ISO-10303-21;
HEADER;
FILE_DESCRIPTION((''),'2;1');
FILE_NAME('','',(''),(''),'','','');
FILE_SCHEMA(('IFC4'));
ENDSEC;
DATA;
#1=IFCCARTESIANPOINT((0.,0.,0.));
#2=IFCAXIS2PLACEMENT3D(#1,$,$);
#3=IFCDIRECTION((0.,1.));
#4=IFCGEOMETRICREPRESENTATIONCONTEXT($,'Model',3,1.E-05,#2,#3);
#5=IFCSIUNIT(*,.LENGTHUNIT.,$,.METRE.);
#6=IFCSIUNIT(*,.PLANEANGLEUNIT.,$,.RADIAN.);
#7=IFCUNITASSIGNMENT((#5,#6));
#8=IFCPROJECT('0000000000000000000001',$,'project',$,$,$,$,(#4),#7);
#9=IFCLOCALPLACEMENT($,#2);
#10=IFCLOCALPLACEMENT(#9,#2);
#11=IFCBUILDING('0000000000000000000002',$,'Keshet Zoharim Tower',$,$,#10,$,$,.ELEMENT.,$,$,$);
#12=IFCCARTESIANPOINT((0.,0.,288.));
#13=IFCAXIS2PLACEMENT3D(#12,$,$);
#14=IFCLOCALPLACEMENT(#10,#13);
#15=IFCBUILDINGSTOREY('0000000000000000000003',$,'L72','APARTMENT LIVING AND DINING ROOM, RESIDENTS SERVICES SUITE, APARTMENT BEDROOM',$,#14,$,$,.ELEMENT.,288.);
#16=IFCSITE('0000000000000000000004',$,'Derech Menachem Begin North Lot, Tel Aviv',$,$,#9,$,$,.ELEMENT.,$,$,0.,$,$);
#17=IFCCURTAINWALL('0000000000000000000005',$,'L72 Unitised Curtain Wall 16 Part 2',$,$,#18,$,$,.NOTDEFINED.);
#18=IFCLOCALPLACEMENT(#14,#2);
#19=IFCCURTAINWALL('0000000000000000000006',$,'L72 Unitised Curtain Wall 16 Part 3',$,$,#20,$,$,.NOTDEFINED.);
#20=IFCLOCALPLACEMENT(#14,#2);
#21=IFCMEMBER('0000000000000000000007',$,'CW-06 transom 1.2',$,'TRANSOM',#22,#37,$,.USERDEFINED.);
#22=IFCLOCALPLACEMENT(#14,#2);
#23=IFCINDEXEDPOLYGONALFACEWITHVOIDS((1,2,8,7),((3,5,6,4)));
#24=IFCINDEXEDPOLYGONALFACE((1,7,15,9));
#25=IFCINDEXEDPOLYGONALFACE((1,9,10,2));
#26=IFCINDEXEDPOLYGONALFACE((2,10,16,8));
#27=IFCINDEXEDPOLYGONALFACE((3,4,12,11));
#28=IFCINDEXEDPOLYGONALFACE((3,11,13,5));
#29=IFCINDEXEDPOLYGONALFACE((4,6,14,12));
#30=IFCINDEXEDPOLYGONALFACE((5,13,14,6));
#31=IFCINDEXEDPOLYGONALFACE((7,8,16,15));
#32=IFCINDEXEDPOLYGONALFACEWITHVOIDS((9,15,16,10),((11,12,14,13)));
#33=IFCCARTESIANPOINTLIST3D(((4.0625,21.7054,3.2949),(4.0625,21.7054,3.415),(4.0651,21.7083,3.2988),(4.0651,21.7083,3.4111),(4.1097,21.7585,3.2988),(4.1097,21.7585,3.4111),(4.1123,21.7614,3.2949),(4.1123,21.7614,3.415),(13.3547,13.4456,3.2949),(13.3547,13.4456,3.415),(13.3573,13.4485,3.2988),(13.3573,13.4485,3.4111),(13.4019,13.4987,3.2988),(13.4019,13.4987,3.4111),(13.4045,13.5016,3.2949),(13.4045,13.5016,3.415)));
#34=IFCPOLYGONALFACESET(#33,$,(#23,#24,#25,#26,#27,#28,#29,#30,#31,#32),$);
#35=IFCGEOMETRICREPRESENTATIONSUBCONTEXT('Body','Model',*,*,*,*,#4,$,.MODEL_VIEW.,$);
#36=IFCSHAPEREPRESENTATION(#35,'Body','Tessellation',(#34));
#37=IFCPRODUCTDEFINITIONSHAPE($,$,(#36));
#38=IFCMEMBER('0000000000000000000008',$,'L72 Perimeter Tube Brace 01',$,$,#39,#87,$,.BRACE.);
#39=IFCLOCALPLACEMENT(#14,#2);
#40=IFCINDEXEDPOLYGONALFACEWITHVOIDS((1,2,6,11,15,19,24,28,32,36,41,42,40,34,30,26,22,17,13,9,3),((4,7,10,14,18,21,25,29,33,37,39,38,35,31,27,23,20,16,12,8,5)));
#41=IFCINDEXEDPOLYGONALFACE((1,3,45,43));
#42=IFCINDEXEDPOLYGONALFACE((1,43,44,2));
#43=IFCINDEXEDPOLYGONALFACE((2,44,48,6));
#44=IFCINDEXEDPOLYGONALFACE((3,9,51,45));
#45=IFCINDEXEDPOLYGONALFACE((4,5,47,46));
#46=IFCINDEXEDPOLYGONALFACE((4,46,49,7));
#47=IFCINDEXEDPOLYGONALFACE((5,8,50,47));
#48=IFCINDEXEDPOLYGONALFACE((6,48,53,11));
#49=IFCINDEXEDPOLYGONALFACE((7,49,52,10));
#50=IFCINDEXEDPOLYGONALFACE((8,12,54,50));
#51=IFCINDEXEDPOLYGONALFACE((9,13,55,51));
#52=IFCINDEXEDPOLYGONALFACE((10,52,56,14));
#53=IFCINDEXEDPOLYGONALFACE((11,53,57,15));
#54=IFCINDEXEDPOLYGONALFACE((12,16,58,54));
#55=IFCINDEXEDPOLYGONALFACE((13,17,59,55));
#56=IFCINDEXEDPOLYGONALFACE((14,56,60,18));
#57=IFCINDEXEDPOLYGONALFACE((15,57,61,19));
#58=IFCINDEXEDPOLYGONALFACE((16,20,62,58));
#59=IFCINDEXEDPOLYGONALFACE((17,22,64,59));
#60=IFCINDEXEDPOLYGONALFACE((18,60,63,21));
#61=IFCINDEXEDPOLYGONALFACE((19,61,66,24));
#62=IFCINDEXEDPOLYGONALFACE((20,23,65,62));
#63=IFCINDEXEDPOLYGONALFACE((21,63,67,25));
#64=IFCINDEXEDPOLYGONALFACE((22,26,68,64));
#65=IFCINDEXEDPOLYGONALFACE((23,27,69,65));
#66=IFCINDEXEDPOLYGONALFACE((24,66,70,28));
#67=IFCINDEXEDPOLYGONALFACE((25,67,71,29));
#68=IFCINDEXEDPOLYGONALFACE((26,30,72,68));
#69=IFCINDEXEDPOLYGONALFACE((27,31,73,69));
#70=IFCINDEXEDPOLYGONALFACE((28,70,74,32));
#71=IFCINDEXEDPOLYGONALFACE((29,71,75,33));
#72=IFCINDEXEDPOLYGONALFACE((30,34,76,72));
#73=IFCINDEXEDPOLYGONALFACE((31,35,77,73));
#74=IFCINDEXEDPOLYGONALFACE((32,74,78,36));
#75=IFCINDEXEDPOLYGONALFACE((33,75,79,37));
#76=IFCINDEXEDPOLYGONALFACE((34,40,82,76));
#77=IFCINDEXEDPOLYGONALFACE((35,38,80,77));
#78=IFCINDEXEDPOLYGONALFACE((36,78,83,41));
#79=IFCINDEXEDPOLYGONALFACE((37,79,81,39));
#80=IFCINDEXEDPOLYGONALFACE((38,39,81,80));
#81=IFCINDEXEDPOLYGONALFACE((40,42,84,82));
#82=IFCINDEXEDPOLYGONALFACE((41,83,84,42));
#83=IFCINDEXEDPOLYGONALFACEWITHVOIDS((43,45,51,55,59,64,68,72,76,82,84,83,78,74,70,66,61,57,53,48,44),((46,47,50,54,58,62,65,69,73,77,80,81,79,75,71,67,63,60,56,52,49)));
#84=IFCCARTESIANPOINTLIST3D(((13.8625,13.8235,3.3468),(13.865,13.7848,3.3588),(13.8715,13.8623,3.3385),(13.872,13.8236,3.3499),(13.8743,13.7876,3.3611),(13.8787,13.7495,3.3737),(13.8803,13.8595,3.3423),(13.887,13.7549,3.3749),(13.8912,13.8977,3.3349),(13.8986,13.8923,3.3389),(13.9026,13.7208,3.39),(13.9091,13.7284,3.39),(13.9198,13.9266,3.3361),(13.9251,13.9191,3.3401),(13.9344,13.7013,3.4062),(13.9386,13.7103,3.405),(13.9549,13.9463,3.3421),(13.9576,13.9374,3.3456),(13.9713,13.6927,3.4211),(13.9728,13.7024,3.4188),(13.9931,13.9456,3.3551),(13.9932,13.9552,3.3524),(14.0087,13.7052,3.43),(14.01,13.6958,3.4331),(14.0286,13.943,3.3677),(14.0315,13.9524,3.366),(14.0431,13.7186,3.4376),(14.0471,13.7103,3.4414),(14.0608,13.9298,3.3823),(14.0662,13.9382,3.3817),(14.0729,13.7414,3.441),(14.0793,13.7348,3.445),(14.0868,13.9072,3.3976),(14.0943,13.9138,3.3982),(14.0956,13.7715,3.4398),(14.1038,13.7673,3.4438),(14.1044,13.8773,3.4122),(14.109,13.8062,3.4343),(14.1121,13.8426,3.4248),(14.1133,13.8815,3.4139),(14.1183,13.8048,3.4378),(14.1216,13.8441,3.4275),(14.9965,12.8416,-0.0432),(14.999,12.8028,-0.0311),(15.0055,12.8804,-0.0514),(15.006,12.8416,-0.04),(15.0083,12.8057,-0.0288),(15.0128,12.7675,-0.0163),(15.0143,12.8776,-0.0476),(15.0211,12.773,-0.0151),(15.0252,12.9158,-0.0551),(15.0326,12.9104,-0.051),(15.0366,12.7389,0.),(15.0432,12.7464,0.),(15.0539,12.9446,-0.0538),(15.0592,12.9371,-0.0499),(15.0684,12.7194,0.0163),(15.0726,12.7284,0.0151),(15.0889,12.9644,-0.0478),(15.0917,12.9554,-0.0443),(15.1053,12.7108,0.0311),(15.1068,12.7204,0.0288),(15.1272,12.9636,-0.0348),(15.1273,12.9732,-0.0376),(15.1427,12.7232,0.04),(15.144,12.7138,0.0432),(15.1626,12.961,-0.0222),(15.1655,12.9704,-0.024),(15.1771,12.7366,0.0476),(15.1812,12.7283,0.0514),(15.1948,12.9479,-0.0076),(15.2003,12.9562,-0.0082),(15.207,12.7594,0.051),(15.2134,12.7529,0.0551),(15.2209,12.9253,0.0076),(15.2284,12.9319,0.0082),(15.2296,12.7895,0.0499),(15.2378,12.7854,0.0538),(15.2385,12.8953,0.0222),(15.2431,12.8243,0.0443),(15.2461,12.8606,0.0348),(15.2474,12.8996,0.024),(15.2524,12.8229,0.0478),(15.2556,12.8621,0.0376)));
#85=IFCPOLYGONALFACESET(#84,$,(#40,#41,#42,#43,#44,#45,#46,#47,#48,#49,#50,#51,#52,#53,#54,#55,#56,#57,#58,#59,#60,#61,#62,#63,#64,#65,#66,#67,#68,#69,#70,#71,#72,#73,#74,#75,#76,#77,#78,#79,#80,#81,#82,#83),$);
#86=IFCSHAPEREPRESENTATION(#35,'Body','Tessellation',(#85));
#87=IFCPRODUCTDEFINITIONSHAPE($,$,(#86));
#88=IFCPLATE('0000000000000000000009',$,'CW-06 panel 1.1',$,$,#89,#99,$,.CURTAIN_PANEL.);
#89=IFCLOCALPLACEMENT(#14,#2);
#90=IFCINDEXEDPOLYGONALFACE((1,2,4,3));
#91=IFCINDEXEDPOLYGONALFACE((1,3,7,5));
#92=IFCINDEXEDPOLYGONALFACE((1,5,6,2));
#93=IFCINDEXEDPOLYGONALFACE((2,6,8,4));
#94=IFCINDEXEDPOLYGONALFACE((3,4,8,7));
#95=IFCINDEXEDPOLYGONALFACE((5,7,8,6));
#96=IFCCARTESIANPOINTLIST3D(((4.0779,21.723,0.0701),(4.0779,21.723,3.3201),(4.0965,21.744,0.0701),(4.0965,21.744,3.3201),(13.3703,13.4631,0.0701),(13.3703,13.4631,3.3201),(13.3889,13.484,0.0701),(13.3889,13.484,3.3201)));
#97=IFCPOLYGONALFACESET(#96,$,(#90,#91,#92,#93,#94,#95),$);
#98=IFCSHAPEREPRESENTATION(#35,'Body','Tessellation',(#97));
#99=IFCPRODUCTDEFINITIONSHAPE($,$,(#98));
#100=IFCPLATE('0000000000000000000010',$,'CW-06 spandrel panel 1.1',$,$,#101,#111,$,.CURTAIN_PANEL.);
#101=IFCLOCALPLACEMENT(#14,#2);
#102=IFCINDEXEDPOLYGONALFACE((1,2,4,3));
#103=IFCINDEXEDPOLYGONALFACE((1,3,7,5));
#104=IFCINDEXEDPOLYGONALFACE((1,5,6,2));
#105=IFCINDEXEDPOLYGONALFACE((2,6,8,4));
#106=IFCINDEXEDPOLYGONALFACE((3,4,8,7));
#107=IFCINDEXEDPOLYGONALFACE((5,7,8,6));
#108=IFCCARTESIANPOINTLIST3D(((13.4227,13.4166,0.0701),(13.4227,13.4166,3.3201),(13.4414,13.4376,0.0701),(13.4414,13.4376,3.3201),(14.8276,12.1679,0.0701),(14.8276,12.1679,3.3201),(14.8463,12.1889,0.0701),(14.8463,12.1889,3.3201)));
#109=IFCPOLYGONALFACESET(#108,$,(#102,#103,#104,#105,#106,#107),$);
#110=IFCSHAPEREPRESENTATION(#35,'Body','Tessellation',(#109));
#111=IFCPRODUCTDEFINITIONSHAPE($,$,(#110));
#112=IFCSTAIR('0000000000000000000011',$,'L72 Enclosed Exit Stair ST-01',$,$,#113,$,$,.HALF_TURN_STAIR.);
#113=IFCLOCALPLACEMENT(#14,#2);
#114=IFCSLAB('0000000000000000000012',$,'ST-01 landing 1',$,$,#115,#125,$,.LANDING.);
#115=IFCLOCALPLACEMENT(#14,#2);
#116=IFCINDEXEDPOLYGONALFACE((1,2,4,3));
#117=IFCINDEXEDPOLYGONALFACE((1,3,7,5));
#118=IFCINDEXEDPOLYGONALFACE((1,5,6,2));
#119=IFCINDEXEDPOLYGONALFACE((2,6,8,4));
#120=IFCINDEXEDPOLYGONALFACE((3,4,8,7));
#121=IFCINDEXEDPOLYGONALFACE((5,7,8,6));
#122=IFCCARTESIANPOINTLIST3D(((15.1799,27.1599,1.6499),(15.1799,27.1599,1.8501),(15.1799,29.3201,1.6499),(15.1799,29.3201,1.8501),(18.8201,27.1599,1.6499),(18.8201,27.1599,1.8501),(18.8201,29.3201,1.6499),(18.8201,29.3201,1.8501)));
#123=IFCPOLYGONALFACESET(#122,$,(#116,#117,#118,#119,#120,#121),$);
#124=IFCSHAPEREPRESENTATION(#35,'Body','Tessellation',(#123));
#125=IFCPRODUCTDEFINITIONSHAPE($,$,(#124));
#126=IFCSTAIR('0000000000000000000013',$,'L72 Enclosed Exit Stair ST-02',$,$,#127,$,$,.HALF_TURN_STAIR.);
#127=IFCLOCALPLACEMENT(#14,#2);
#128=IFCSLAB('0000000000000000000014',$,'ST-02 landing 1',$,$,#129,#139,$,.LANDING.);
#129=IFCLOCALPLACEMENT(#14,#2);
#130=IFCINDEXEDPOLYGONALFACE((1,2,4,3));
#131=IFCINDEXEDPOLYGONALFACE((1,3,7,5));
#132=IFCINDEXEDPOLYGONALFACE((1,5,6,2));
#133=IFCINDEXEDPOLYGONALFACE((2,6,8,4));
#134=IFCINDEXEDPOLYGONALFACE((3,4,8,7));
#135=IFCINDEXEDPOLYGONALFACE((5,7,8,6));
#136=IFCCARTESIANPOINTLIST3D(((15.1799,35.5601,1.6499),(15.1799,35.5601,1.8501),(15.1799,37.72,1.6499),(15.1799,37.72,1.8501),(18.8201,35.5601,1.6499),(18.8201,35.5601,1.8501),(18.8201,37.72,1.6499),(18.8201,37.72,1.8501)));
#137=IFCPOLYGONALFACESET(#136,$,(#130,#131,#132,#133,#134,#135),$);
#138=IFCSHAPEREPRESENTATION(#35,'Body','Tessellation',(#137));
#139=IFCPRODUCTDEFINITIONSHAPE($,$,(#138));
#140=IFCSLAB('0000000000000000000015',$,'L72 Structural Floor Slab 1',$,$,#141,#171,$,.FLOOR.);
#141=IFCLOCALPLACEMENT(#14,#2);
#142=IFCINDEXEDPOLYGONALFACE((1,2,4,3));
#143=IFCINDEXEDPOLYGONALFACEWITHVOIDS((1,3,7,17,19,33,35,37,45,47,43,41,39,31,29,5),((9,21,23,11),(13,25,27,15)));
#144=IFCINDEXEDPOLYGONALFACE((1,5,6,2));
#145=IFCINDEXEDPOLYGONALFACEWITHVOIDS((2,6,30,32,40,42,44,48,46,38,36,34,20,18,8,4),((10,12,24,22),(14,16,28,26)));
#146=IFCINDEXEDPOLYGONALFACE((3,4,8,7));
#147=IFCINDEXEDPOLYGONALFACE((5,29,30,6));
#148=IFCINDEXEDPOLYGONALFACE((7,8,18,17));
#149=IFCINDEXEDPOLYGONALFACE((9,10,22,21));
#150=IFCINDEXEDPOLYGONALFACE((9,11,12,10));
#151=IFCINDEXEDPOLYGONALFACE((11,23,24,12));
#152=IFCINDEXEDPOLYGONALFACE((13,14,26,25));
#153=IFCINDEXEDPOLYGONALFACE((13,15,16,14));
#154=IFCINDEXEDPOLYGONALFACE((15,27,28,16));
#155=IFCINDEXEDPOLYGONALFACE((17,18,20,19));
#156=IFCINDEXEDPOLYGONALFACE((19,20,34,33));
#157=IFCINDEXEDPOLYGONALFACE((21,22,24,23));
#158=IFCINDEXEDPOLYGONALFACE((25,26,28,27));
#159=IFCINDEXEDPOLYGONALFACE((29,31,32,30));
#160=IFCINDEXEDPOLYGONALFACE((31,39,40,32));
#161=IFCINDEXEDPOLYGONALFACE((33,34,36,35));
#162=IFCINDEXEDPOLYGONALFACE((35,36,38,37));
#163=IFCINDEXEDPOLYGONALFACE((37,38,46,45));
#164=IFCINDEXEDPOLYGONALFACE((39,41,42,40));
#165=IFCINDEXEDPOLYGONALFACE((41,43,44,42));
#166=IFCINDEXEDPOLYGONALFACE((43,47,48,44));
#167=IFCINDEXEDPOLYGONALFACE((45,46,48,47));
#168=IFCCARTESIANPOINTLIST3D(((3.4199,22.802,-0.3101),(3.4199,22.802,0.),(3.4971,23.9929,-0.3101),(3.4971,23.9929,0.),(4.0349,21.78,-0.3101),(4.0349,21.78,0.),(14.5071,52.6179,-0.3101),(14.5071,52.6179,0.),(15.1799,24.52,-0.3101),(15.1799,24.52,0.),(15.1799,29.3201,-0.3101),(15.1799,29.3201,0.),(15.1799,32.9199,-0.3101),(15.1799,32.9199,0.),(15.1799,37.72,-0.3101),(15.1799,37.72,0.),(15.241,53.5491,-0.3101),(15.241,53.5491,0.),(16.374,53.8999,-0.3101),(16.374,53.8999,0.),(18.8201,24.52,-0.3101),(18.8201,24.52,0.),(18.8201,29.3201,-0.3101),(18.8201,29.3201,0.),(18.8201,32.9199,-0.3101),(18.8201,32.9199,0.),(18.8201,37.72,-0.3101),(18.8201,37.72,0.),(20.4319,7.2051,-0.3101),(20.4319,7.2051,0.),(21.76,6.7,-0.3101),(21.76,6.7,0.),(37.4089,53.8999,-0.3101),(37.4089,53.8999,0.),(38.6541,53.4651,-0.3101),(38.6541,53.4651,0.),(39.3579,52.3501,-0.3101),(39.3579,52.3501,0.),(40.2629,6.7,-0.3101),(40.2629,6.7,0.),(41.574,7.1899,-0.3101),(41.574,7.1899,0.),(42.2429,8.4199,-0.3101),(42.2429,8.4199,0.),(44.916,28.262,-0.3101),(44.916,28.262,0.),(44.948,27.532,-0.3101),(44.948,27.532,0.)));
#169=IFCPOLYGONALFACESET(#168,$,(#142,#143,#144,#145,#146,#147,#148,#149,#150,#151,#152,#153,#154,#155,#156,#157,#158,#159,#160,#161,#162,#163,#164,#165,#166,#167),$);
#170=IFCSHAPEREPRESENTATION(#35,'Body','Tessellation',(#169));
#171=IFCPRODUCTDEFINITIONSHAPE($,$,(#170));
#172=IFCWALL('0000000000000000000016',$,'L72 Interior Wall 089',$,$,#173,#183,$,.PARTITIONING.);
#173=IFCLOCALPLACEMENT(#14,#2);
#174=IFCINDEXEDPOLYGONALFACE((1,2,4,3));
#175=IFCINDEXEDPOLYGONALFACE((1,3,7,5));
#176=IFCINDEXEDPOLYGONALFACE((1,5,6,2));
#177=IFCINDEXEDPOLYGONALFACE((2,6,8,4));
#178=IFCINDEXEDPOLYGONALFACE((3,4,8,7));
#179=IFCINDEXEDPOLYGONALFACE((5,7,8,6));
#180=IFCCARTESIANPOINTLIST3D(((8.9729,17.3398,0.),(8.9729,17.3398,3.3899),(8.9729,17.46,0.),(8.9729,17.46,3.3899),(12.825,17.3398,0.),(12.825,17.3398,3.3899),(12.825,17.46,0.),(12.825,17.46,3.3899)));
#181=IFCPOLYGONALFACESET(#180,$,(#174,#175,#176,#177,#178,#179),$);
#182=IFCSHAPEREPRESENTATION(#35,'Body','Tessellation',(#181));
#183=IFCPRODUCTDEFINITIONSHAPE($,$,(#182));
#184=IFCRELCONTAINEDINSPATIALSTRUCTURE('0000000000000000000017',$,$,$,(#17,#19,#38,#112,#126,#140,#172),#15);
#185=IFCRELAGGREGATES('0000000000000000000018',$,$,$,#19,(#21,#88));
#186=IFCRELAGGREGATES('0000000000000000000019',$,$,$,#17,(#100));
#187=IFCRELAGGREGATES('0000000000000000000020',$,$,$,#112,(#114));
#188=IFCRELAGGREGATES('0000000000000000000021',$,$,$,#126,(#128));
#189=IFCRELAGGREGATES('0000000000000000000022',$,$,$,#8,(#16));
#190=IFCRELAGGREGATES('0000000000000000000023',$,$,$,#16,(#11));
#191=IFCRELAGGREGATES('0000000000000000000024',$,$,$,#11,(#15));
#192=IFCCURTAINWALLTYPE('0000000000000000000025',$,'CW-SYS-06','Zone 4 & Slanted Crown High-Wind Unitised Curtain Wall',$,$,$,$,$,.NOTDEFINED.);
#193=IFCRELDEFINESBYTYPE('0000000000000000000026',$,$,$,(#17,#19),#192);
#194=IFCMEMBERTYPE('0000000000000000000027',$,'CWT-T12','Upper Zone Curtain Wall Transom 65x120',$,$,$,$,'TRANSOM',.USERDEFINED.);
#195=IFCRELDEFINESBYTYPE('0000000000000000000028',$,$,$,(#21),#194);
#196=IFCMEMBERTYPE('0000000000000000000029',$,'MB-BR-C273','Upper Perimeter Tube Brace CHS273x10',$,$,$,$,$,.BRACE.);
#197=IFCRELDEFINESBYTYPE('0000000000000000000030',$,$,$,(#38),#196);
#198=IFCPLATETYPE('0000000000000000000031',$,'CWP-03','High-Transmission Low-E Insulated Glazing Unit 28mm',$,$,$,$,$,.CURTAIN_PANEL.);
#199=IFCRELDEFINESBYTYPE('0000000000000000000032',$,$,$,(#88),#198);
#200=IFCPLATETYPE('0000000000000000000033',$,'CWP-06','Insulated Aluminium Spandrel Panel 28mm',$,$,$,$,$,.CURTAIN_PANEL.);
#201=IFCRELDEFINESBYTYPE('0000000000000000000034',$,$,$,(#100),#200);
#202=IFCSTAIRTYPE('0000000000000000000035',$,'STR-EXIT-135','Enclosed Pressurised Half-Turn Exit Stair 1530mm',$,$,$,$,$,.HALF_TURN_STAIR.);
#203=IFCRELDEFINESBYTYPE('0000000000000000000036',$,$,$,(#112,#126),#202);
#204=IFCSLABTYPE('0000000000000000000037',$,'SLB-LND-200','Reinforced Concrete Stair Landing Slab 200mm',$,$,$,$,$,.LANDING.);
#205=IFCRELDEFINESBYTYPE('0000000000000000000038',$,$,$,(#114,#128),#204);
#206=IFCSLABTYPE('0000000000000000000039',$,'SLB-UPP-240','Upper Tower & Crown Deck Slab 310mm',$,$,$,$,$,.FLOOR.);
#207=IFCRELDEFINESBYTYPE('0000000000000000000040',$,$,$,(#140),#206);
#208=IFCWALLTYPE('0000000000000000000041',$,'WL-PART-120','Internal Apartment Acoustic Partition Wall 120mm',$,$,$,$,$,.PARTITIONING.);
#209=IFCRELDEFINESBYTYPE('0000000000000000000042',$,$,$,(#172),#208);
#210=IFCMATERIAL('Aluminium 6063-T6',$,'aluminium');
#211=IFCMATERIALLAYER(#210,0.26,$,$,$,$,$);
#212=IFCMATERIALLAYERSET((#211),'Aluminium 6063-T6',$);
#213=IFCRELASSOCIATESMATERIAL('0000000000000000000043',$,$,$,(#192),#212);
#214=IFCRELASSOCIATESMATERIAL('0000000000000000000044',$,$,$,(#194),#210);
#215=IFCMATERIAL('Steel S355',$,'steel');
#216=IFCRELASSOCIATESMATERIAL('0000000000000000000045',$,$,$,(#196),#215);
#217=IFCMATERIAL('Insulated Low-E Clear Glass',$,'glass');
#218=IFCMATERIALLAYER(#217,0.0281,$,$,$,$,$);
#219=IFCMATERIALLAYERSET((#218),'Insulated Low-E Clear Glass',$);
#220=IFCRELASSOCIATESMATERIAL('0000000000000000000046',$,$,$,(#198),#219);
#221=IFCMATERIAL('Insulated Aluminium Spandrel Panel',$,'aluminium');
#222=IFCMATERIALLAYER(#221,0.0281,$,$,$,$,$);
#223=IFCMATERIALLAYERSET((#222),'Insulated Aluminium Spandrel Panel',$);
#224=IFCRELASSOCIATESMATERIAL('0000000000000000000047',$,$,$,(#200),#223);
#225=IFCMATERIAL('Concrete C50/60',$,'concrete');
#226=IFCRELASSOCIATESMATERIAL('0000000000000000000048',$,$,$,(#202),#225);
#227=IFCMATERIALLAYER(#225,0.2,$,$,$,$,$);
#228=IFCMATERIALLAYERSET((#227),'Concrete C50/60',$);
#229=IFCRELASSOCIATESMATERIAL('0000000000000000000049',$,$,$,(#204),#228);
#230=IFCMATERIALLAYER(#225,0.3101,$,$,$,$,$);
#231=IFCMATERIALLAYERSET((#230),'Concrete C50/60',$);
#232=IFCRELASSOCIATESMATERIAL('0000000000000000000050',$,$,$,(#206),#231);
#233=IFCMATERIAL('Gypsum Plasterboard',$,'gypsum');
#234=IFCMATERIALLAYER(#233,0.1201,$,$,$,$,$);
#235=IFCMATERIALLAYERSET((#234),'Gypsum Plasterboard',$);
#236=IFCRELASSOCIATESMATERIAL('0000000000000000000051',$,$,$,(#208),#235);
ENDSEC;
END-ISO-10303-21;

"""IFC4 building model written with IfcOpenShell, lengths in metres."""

from ifc_helpers import new_model, si_unit, direction, frame, frame_2d, origin, origin_2d, place, context, subcontext, project, spatial, polyline, rectangle, hollow_rectangle, hollow_circle, outline, extrude, material, layer, layer_set, material_profile, profile_set, type_object, element, aggregate, save


model = new_model("IFC4")

# Units and contexts
model_context = context("Model", 3, precision=1e-05, world=origin(), true_north=direction((0.0, 1.0)))
body_context = subcontext(model_context, "Body", "Model", "MODEL_VIEW")
ifc_project = project(units=[si_unit("LENGTHUNIT", "METRE"), si_unit("PLANEANGLEUNIT", "RADIAN")], contexts=[model_context])

# Site, building, storey
site_placement = place(None, origin())
site = spatial("IfcSite", under=ifc_project, at=site_placement, Name="Derech Menachem Begin North Lot, Tel Aviv", CompositionType="ELEMENT", RefElevation=0.0)
building_placement = place(site_placement, origin())
building = spatial("IfcBuilding", under=site, at=building_placement, Name="Keshet Zoharim Tower", CompositionType="ELEMENT")
storey_placement = place(building_placement, frame((0.0, 0.0, 288.0)))
storey = spatial("IfcBuildingStorey", under=building, at=storey_placement, Name="L72", Description="APARTMENT LIVING AND DINING ROOM, RESIDENTS SERVICES SUITE, APARTMENT BEDROOM", CompositionType="ELEMENT", Elevation=288.0)

# Shared definitions
ifc_material_1 = material(Name="Steel S355", Category="steel")

# Shared definitions
ifc_material_2 = material(Name="Aluminium 6063-T6", Category="aluminium")
ifc_layer_1 = layer(ifc_material_2, 0.26)
ifc_layer_set_1 = layer_set([ifc_layer_1], Name="Aluminium 6063-T6")
curtain_wall_type = type_object("IfcCurtainWallType", Name="CW-SYS-06", Description="Zone 4 & Slanted Crown High-Wind Unitised Curtain Wall", PredefinedType="NOTDEFINED", material=ifc_layer_set_1)

# Curtain walls, member
curtain_wall_1_placement = place(storey_placement, origin())
curtain_wall_1 = element("IfcCurtainWall", 1, at=curtain_wall_1_placement, inside=storey, type_object=curtain_wall_type, Name="L72 Unitised Curtain Wall 16 Part 2", PredefinedType="NOTDEFINED")
ifc_material_profile_1 = material_profile(ifc_material_2, hollow_rectangle(XDim=0.075, YDim=0.1201, WallThickness=0.0039, at=origin_2d()), Name="TRN-75x120")
ifc_profile_set_1 = profile_set([ifc_material_profile_1], Name="Aluminium 6063-T6")
member_type_1 = type_object("IfcMemberType", Name="CWT-T12", Description="Upper Zone Curtain Wall Transom 65x120", ElementType="TRANSOM", PredefinedType="USERDEFINED", material=ifc_profile_set_1)
curtain_wall_2_placement = place(storey_placement, origin())
curtain_wall_2 = element("IfcCurtainWall", 2, at=curtain_wall_2_placement, inside=storey, type_object=curtain_wall_type, Name="L72 Unitised Curtain Wall 16 Part 3", PredefinedType="NOTDEFINED")
member_1_placement = place(storey_placement, frame((13.3796, 13.4736, 3.355), z_axis=(-0.747409, 0.664364, 0.0), x_axis=(-0.664364, -0.747409, 0.0)))
member_1 = element("IfcMember", 3, at=member_1_placement, type_object=member_type_1, Name="CW-06 transom 1.2", ObjectType="TRANSOM", PredefinedType="USERDEFINED", context=body_context, shape_type="SweptSolid", body=[
    extrude(hollow_rectangle(XDim=0.075, YDim=0.1201, WallThickness=0.0039, at=origin_2d()), origin(), (0.0, 0.0, 1.0), 12.4326),
])

# Member
ifc_material_profile_2 = material_profile(ifc_material_1, hollow_circle(Radius=0.1365, WallThickness=0.01, at=origin_2d()), Name="CHS273x10")
ifc_profile_set_2 = profile_set([ifc_material_profile_2], Name="Steel S355")
member_type_2 = type_object("IfcMemberType", Name="MB-BR-C273", Description="Upper Perimeter Tube Brace CHS273x10", PredefinedType="BRACE", material=ifc_profile_set_2)
member_2_placement = place(storey_placement, frame((15.126, 12.842, 0.0), z_axis=(-0.30592, 0.264889, 0.914466), x_axis=(-0.65459, -0.755984, 0.0)))
element("IfcMember", 4, at=member_2_placement, inside=storey, type_object=member_type_2, Name="L72 Perimeter Tube Brace 01", PredefinedType="BRACE", context=body_context, shape_type="SweptSolid", body=[
    extrude(hollow_circle(Radius=0.1365, WallThickness=0.01, at=origin_2d()), origin(), (0.0, 0.0, 1.0), 3.707),
])

# Plates
ifc_material_3 = material(Name="Insulated Low-E Clear Glass", Category="glass")
ifc_layer_2 = layer(ifc_material_3, 0.0281)
ifc_layer_set_2 = layer_set([ifc_layer_2], Name="Insulated Low-E Clear Glass")
plate_type_1 = type_object("IfcPlateType", Name="CWP-03", Description="High-Transmission Low-E Insulated Glazing Unit 28mm", PredefinedType="CURTAIN_PANEL", material=ifc_layer_set_2)
plate_1_placement = place(storey_placement, frame((8.7334, 17.6035, 0.0701), z_axis=(0.0, 0.0, 1.0), x_axis=(-0.747409, 0.664364, 0.0)))
plate_1 = element("IfcPlate", 5, at=plate_1_placement, type_object=plate_type_1, Name="CW-06 panel 1.1", PredefinedType="CURTAIN_PANEL", context=body_context, shape_type="SweptSolid", body=[
    extrude(rectangle(XDim=12.4329, YDim=0.0281, at=origin_2d()), origin(), (0.0, 0.0, 1.0), 3.25),
])
aggregate(curtain_wall_2, [member_1, plate_1])
ifc_material_4 = material(Name="Insulated Aluminium Spandrel Panel", Category="aluminium")
ifc_layer_3 = layer(ifc_material_4, 0.0281)
ifc_layer_set_3 = layer_set([ifc_layer_3], Name="Insulated Aluminium Spandrel Panel")
plate_type_2 = type_object("IfcPlateType", Name="CWP-06", Description="Insulated Aluminium Spandrel Panel 28mm", PredefinedType="CURTAIN_PANEL", material=ifc_layer_set_3)
plate_2_placement = place(storey_placement, frame((14.1345, 12.8027, 0.0701), z_axis=(0.0, 0.0, 1.0), x_axis=(-0.747432, 0.664338, 0.0)))
plate_2 = element("IfcPlate", 6, at=plate_2_placement, type_object=plate_type_2, Name="CW-06 spandrel panel 1.1", PredefinedType="CURTAIN_PANEL", context=body_context, shape_type="SweptSolid", body=[
    extrude(rectangle(XDim=1.8796, YDim=0.0281, at=origin_2d()), origin(), (0.0, 0.0, 1.0), 3.25),
])
aggregate(curtain_wall_1, [plate_2])

# Stairs, slabs
ifc_material_5 = material(Name="Concrete C50/60", Category="concrete")
stair_type = type_object("IfcStairType", Name="STR-EXIT-135", Description="Enclosed Pressurised Half-Turn Exit Stair 1530mm", PredefinedType="HALF_TURN_STAIR", material=ifc_material_5)
stair_1_placement = place(storey_placement, origin())
stair_1 = element("IfcStair", 7, at=stair_1_placement, inside=storey, type_object=stair_type, Name="L72 Enclosed Exit Stair ST-01", PredefinedType="HALF_TURN_STAIR")
ifc_layer_4 = layer(ifc_material_5, 0.2)
ifc_layer_set_4 = layer_set([ifc_layer_4], Name="Concrete C50/60")
slab_type_1 = type_object("IfcSlabType", Name="SLB-LND-200", Description="Reinforced Concrete Stair Landing Slab 200mm", PredefinedType="LANDING", material=ifc_layer_set_4)
slab_1_placement = place(storey_placement, frame((0.0, 0.0, 1.6499)))
slab_1 = element("IfcSlab", 8, at=slab_1_placement, type_object=slab_type_1, Name="ST-01 landing 1", PredefinedType="LANDING", context=body_context, shape_type="SweptSolid", body=[
    extrude(outline(polyline([(15.1799, 27.1599), (18.8201, 27.1599), (18.8201, 29.3201), (15.1799, 29.3201), (15.1799, 27.1599)])), origin(), (0.0, 0.0, 1.0), 0.2002),
])
aggregate(stair_1, [slab_1])
stair_2_placement = place(storey_placement, origin())
stair_2 = element("IfcStair", 9, at=stair_2_placement, inside=storey, type_object=stair_type, Name="L72 Enclosed Exit Stair ST-02", PredefinedType="HALF_TURN_STAIR")
slab_2_placement = place(storey_placement, frame((0.0, 0.0, 1.6499)))
slab_2 = element("IfcSlab", 10, at=slab_2_placement, type_object=slab_type_1, Name="ST-02 landing 1", PredefinedType="LANDING", context=body_context, shape_type="SweptSolid", body=[
    extrude(outline(polyline([(15.1799, 35.5601), (18.8201, 35.5601), (18.8201, 37.72), (15.1799, 37.72), (15.1799, 35.5601)])), origin(), (0.0, 0.0, 1.0), 0.2002),
])
aggregate(stair_2, [slab_2])

# Slab
ifc_layer_5 = layer(ifc_material_5, 0.3101)
ifc_layer_set_5 = layer_set([ifc_layer_5], Name="Concrete C50/60")
slab_type_2 = type_object("IfcSlabType", Name="SLB-UPP-240", Description="Upper Tower & Crown Deck Slab 310mm", PredefinedType="FLOOR", material=ifc_layer_set_5)
slab_3_placement = place(storey_placement, frame((0.0, 0.0, -0.3101)))
element("IfcSlab", 11, at=slab_3_placement, inside=storey, type_object=slab_type_2, Name="L72 Structural Floor Slab 1", PredefinedType="FLOOR", context=body_context, shape_type="SweptSolid", body=[
    extrude(outline(polyline([(4.0349, 21.78), (3.4199, 22.802), (3.4971, 23.9929), (14.5071, 52.6179), (15.241, 53.5491), (16.374, 53.8999), (37.4089, 53.8999), (38.6541, 53.4651), (39.3579, 52.3501), (44.916, 28.262), (44.948, 27.532), (42.2429, 8.4199), (41.574, 7.1899), (40.2629, 6.7), (21.76, 6.7), (20.4319, 7.2051), (4.0349, 21.78)]), holes=[polyline([(15.1799, 24.52), (18.8201, 24.52), (18.8201, 29.3201), (15.1799, 29.3201), (15.1799, 24.52)]), polyline([(15.1799, 32.9199), (18.8201, 32.9199), (18.8201, 37.72), (15.1799, 37.72), (15.1799, 32.9199)])]), origin(), (0.0, 0.0, 1.0), 0.3101),
])

# Shared definitions
ifc_material_6 = material(Name="Gypsum Plasterboard", Category="gypsum")

# Wall
ifc_layer_6 = layer(ifc_material_6, 0.1201)
ifc_layer_set_6 = layer_set([ifc_layer_6], Name="Gypsum Plasterboard")
wall_type_1 = type_object("IfcWallType", Name="WL-PART-120", Description="Internal Apartment Acoustic Partition Wall 120mm", PredefinedType="PARTITIONING", material=ifc_layer_set_6)
wall_1_placement = place(storey_placement, frame((8.9729, 17.3999, 0.0), z_axis=(0.0, 0.0, 1.0), x_axis=(1.0, 0.0, 0.0)))
element("IfcWall", 12, at=wall_1_placement, inside=storey, type_object=wall_type_1, Name="L72 Interior Wall 089", PredefinedType="PARTITIONING", context=body_context, shape_type="SweptSolid", body=[
    extrude(rectangle(XDim=3.8521, YDim=0.1201, at=frame_2d((1.926, 0.0))), origin(), (0.0, 0.0, 1.0), 3.3899),
])

save(model, "model.ifc")
